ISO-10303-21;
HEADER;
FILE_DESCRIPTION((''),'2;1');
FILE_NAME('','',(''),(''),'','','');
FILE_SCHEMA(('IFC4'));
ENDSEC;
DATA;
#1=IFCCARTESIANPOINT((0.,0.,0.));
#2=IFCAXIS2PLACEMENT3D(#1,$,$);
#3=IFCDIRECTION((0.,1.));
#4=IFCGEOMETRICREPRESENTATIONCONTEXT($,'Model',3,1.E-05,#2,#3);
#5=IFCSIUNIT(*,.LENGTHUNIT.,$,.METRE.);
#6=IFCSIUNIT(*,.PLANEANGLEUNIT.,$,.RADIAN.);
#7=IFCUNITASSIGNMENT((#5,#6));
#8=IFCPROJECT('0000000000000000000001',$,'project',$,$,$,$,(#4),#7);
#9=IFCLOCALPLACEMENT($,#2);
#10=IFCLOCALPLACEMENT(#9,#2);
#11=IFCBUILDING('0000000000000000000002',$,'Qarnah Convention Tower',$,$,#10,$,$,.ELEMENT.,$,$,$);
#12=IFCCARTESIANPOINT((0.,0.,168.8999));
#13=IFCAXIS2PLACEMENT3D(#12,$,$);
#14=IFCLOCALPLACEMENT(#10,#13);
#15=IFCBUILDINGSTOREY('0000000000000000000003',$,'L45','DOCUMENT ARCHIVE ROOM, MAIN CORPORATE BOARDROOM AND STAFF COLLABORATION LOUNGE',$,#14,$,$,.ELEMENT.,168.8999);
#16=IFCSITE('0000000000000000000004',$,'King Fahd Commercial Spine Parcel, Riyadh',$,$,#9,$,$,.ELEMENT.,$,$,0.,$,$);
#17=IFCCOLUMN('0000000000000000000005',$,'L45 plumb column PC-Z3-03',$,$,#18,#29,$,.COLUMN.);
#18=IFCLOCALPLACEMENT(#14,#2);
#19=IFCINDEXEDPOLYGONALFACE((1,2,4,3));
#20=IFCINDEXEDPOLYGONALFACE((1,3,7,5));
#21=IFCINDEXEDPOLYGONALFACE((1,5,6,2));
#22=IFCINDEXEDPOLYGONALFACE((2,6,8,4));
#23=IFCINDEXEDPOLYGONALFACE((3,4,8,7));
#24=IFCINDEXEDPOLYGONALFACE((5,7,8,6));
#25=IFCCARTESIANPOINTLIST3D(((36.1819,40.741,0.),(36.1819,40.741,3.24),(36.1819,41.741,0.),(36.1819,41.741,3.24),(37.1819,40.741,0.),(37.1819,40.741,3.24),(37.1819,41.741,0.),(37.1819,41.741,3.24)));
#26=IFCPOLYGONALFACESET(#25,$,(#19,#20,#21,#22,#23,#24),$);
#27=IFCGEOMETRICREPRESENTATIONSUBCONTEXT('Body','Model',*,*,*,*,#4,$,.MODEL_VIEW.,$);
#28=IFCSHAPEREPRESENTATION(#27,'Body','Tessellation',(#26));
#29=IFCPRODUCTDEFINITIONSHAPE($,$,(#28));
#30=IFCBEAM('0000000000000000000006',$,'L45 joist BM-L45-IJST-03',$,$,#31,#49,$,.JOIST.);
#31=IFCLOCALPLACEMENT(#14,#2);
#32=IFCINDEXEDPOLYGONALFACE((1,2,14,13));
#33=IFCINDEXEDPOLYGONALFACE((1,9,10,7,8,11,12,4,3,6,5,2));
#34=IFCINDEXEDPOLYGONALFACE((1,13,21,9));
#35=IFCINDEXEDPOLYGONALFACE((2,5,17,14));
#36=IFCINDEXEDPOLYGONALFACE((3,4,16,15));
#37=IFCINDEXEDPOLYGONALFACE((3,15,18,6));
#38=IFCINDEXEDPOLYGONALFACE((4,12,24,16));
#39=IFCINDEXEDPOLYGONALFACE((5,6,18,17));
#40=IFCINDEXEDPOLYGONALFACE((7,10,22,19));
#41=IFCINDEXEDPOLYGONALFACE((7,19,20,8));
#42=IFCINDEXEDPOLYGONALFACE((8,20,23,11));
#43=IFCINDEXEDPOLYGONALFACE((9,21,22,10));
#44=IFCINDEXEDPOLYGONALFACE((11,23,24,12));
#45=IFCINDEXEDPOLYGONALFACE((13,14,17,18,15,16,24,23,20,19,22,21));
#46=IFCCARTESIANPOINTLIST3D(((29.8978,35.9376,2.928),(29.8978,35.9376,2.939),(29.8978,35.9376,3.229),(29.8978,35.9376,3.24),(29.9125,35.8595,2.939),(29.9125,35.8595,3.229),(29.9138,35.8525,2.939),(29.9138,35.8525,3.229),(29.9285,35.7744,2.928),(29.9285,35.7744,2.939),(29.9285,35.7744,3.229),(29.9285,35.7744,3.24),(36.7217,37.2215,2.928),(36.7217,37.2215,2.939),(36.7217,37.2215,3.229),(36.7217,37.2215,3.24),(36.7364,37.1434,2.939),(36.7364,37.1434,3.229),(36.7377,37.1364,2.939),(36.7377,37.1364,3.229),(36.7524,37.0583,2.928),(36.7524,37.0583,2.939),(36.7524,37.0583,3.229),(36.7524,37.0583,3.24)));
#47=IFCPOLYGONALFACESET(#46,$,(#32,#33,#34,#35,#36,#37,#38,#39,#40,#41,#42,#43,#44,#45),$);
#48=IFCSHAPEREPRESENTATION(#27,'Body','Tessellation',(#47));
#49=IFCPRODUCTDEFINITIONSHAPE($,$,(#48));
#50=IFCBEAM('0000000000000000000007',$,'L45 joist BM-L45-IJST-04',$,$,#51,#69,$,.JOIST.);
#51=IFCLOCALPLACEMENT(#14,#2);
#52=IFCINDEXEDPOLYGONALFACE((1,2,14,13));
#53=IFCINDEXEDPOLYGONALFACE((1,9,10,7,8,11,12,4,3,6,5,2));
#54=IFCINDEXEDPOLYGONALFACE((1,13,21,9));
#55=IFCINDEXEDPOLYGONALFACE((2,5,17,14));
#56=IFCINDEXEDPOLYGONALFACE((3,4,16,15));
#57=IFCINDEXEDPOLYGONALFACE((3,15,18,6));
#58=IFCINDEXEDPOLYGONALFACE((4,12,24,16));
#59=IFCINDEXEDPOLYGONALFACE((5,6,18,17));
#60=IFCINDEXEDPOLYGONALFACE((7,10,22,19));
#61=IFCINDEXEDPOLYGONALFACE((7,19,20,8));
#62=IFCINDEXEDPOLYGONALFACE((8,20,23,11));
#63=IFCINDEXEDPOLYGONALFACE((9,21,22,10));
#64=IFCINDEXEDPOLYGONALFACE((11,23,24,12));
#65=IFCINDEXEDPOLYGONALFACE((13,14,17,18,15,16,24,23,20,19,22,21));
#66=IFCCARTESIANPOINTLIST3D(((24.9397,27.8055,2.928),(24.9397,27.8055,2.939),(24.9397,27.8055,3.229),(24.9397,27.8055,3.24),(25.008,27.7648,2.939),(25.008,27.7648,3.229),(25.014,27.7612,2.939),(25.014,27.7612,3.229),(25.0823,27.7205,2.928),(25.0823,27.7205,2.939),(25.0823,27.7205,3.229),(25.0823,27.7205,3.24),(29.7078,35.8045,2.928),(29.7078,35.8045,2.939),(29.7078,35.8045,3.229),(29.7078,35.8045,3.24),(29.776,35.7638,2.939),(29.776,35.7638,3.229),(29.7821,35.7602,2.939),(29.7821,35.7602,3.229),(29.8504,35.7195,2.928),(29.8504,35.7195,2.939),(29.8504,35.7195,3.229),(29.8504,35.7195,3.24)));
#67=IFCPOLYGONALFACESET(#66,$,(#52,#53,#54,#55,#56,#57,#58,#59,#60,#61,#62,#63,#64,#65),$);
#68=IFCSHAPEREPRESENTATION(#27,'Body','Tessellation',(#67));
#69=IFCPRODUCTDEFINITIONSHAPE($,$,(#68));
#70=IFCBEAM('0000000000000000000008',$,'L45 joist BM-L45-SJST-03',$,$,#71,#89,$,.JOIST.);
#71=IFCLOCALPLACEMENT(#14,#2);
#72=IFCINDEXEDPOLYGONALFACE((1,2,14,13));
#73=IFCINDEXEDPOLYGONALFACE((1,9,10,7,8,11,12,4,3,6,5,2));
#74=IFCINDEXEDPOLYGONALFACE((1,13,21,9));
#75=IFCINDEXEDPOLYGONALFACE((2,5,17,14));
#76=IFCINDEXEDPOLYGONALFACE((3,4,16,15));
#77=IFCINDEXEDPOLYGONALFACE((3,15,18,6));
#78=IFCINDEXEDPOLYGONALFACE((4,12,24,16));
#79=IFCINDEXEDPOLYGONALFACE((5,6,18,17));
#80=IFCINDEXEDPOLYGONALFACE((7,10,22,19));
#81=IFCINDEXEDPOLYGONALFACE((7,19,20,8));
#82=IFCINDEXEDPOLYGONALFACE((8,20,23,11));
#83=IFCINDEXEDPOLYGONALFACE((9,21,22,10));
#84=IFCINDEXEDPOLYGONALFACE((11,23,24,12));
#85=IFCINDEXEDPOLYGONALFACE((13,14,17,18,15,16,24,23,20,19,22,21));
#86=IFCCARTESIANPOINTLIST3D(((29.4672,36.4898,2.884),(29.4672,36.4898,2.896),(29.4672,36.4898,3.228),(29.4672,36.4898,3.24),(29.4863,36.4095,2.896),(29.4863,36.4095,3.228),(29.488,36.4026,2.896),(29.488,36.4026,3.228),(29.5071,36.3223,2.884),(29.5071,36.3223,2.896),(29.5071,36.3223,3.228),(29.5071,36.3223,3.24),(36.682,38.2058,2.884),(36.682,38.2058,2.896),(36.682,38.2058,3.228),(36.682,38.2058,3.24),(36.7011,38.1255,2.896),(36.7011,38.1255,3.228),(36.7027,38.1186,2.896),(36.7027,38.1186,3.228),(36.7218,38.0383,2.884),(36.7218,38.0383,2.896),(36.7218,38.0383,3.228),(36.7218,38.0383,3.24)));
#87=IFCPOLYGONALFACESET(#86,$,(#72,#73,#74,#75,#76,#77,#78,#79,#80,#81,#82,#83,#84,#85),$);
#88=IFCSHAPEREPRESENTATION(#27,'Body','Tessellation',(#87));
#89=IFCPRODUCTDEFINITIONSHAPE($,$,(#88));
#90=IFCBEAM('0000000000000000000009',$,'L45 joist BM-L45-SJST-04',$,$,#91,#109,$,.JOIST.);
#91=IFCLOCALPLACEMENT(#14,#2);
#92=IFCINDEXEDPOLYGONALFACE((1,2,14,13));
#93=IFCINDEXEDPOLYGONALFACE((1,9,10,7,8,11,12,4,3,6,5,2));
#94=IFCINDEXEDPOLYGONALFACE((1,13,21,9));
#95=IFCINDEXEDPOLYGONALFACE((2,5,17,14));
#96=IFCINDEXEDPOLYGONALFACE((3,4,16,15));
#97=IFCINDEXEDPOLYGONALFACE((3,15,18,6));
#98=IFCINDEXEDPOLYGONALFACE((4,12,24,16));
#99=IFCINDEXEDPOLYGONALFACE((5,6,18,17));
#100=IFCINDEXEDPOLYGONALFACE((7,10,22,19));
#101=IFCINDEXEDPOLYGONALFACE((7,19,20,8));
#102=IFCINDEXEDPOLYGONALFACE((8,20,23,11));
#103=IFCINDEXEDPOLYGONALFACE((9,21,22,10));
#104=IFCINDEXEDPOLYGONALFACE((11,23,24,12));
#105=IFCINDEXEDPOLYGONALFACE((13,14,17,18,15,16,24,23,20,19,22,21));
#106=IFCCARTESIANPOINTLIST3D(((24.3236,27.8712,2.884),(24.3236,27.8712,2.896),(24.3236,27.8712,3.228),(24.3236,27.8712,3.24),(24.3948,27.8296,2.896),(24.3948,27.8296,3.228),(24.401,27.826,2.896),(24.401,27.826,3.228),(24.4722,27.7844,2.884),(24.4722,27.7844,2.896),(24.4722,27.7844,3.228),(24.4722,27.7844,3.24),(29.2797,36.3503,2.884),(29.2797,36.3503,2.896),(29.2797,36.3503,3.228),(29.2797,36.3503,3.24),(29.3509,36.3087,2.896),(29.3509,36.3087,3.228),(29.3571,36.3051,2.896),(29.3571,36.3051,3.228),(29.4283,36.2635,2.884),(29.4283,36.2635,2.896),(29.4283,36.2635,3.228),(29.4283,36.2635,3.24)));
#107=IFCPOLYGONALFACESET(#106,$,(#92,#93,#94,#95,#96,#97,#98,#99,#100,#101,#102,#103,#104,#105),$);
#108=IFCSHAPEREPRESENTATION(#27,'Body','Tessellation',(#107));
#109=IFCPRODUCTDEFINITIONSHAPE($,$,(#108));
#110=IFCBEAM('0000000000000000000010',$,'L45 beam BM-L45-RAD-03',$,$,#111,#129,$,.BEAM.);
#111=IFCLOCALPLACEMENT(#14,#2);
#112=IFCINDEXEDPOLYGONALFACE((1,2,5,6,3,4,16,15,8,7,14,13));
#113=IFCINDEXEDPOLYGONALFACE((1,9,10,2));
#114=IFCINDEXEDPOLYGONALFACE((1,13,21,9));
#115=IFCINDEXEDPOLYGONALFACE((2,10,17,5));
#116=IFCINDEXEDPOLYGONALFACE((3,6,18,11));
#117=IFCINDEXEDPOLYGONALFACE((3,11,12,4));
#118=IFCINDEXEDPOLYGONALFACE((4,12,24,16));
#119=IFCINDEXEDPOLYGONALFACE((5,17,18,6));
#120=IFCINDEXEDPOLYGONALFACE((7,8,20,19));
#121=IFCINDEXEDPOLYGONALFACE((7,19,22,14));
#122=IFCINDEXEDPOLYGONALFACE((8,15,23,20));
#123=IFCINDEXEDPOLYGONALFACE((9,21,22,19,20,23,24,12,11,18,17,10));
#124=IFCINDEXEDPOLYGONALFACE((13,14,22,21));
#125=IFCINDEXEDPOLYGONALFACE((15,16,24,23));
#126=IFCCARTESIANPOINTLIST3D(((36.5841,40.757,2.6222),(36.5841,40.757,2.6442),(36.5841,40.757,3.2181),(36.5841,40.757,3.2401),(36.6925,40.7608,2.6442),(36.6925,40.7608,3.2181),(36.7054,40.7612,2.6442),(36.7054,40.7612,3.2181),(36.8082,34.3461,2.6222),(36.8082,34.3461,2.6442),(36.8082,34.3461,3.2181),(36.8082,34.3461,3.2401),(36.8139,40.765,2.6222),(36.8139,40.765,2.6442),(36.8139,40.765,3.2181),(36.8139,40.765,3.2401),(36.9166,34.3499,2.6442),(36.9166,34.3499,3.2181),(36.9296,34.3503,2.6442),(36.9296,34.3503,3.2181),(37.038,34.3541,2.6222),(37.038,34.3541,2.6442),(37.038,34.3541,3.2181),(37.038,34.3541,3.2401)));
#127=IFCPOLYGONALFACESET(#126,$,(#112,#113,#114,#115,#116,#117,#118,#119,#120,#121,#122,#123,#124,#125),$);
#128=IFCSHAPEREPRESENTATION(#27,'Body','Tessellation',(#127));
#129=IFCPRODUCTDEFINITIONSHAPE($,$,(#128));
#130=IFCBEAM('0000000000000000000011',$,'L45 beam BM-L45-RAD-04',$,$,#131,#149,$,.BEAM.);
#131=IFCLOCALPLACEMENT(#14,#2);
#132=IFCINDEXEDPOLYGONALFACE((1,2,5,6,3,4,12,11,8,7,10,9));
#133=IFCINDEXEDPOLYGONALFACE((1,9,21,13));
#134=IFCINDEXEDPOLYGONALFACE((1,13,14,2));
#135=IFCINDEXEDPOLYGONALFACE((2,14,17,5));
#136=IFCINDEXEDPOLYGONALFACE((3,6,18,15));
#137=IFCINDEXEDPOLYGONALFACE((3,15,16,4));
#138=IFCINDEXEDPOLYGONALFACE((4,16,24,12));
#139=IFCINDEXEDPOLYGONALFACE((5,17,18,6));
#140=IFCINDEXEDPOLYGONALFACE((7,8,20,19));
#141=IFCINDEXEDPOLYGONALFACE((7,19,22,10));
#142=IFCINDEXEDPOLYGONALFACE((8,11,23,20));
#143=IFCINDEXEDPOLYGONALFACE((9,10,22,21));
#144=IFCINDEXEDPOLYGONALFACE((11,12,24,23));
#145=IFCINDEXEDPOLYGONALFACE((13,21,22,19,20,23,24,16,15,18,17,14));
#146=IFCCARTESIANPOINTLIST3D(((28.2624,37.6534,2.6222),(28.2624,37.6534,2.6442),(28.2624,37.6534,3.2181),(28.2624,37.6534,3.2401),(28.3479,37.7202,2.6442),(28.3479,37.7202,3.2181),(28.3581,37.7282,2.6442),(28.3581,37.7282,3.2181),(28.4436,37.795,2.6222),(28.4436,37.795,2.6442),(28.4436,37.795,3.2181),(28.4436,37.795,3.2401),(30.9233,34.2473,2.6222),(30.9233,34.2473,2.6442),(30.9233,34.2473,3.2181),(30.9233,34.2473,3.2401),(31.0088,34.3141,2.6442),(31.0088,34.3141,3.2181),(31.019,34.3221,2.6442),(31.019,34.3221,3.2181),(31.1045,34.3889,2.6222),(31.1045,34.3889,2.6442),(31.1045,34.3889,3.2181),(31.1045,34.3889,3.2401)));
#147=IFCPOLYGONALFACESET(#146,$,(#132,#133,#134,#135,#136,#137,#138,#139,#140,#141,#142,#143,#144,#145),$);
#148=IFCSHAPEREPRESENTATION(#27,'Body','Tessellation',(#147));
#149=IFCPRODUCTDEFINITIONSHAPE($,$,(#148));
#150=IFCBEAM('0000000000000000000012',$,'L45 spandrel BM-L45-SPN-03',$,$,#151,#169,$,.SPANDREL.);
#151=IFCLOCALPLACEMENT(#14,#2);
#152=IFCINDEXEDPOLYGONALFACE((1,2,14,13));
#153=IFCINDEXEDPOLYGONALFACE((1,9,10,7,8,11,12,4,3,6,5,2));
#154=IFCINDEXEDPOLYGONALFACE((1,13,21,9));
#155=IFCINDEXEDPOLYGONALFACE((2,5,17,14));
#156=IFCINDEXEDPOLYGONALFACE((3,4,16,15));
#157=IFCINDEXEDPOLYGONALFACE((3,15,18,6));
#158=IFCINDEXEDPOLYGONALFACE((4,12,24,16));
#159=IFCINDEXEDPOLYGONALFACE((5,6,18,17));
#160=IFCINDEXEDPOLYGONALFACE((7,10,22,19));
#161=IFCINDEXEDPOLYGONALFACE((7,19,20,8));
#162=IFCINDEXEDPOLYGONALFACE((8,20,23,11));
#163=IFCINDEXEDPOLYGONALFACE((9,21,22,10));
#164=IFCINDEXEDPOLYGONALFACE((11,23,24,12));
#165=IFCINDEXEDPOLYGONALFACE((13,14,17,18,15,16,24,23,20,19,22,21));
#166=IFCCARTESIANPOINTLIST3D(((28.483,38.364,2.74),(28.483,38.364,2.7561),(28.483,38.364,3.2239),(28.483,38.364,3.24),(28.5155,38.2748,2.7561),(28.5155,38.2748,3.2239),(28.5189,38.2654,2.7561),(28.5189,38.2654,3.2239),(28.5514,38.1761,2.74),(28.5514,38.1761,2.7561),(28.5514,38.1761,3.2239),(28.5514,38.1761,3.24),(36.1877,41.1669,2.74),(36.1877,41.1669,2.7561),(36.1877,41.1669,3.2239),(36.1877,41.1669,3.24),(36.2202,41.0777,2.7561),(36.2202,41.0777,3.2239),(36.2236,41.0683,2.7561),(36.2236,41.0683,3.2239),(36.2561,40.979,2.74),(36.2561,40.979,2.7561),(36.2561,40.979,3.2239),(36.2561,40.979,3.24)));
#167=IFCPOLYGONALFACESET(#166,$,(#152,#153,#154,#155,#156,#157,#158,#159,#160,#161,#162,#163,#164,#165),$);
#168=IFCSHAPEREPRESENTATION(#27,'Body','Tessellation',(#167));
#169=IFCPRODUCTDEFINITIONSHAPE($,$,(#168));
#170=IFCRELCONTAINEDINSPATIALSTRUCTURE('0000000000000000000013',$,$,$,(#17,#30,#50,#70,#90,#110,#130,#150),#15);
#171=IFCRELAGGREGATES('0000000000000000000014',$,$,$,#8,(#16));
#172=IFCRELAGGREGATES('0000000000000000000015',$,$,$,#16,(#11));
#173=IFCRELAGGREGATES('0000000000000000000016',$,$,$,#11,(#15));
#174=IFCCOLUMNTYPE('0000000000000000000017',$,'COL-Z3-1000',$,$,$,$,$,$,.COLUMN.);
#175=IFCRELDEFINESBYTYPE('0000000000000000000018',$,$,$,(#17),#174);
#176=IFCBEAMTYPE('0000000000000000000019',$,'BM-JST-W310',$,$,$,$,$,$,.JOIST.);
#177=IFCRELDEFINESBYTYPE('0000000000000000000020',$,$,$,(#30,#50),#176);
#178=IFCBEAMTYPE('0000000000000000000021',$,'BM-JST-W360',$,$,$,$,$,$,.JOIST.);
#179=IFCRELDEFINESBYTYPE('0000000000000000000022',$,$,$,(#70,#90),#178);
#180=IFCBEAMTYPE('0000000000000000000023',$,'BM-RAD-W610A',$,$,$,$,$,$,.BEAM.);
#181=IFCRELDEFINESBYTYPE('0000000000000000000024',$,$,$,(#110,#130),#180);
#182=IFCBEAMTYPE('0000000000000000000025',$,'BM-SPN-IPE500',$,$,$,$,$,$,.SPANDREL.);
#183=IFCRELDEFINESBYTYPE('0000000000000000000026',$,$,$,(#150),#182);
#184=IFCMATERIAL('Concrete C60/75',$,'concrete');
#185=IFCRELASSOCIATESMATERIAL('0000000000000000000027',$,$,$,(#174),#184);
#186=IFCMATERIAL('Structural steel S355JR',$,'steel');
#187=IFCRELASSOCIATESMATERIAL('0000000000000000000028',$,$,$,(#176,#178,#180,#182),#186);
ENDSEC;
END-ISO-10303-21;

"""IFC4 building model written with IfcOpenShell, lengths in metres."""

from ifc_helpers import new_model, si_unit, direction, frame, origin, origin_2d, place, context, subcontext, project, spatial, rectangle, i_section, extrude, material, material_profile, profile_set, type_object, element, save


model = new_model("IFC4")

# Units and contexts
model_context = context("Model", 3, precision=1e-05, world=origin(), true_north=direction((0.0, 1.0)))
body_context = subcontext(model_context, "Body", "Model", "MODEL_VIEW")
ifc_project = project(units=[si_unit("LENGTHUNIT", "METRE"), si_unit("PLANEANGLEUNIT", "RADIAN")], contexts=[model_context])

# Site, building, storey
site_placement = place(None, origin())
site = spatial("IfcSite", under=ifc_project, at=site_placement, Name="King Fahd Commercial Spine Parcel, Riyadh", CompositionType="ELEMENT", RefElevation=0.0)
building_placement = place(site_placement, origin())
building = spatial("IfcBuilding", under=site, at=building_placement, Name="Qarnah Convention Tower", CompositionType="ELEMENT")
storey_placement = place(building_placement, frame((0.0, 0.0, 168.8999)))
storey = spatial("IfcBuildingStorey", under=building, at=storey_placement, Name="L45", Description="DOCUMENT ARCHIVE ROOM, MAIN CORPORATE BOARDROOM AND STAFF COLLABORATION LOUNGE", CompositionType="ELEMENT", Elevation=168.8999)

# Column
ifc_material_1 = material(Name="Concrete C60/75", Category="concrete")
ifc_material_profile_1 = material_profile(ifc_material_1, rectangle(XDim=1.0, YDim=1.0, at=origin_2d()), Name="RC-COL-1000X1000")
ifc_profile_set_1 = profile_set([ifc_material_profile_1], Name="Concrete C60/75")
column_type = type_object("IfcColumnType", Name="COL-Z3-1000", PredefinedType="COLUMN", material=ifc_profile_set_1)
column_placement = place(storey_placement, frame((36.6819, 41.241, 0.0), z_axis=(0.0, 0.0, 1.0), x_axis=(1.0, 0.0, 0.0)))
element("IfcColumn", 1, at=column_placement, inside=storey, type_object=column_type, Name="L45 plumb column PC-Z3-03", PredefinedType="COLUMN", context=body_context, shape_type="SweptSolid", body=[
    extrude(rectangle(XDim=1.0, YDim=1.0, at=origin_2d()), origin(), (0.0, 0.0, 1.0), 3.24),
])

# Beams
ifc_material_2 = material(Name="Structural steel S355JR", Category="steel")
ifc_material_profile_2 = material_profile(ifc_material_2, i_section(OverallWidth=0.166, OverallDepth=0.312, WebThickness=0.0071, FlangeThickness=0.011, at=origin_2d()), Name="W310X45")
ifc_profile_set_2 = profile_set([ifc_material_profile_2], Name="Structural steel S355JR")
beam_type_1 = type_object("IfcBeamType", Name="BM-JST-W310", PredefinedType="JOIST", material=ifc_profile_set_2)
beam_1_placement = place(storey_placement, frame((36.7371, 37.1399, 3.084), z_axis=(-0.982756, -0.184906, 0.0), x_axis=(0.184906, -0.982756, 0.0)))
element("IfcBeam", 2, at=beam_1_placement, inside=storey, type_object=beam_type_1, Name="L45 joist BM-L45-IJST-03", PredefinedType="JOIST", context=body_context, shape_type="SweptSolid", body=[
    extrude(i_section(OverallWidth=0.166, OverallDepth=0.312, WebThickness=0.0071, FlangeThickness=0.011, at=origin_2d()), origin(), (0.0, 0.0, 1.0), 6.9436),
])
beam_2_placement = place(storey_placement, frame((29.7791, 35.762, 3.084), z_axis=(-0.512018, -0.858974, 0.0), x_axis=(0.858974, -0.512018, 0.0)))
element("IfcBeam", 3, at=beam_2_placement, inside=storey, type_object=beam_type_1, Name="L45 joist BM-L45-IJST-04", PredefinedType="JOIST", context=body_context, shape_type="SweptSolid", body=[
    extrude(i_section(OverallWidth=0.166, OverallDepth=0.312, WebThickness=0.0071, FlangeThickness=0.011, at=origin_2d()), origin(), (0.0, 0.0, 1.0), 9.3123),
])
ifc_material_profile_3 = material_profile(ifc_material_2, i_section(OverallWidth=0.1721, OverallDepth=0.356, WebThickness=0.0071, FlangeThickness=0.012, at=origin_2d()), Name="W360X51")
ifc_profile_set_3 = profile_set([ifc_material_profile_3], Name="Structural steel S355JR")
beam_type_2 = type_object("IfcBeamType", Name="BM-JST-W360", PredefinedType="JOIST", material=ifc_profile_set_3)
beam_3_placement = place(storey_placement, frame((36.7019, 38.1221, 3.062), z_axis=(-0.97286, -0.231397, 0.0), x_axis=(0.231397, -0.97286, 0.0)))
element("IfcBeam", 4, at=beam_3_placement, inside=storey, type_object=beam_type_2, Name="L45 joist BM-L45-SJST-03", PredefinedType="JOIST", context=body_context, shape_type="SweptSolid", body=[
    extrude(i_section(OverallWidth=0.1721, OverallDepth=0.356, WebThickness=0.0071, FlangeThickness=0.012, at=origin_2d()), origin(), (0.0, 0.0, 1.0), 7.416),
])
beam_4_placement = place(storey_placement, frame((29.354, 36.3069, 3.062), z_axis=(-0.504628, -0.863337, 0.0), x_axis=(0.863337, -0.504628, 0.0)))
element("IfcBeam", 5, at=beam_4_placement, inside=storey, type_object=beam_type_2, Name="L45 joist BM-L45-SJST-04", PredefinedType="JOIST", context=body_context, shape_type="SweptSolid", body=[
    extrude(i_section(OverallWidth=0.1721, OverallDepth=0.356, WebThickness=0.0071, FlangeThickness=0.012, at=origin_2d()), origin(), (0.0, 0.0, 1.0), 9.8213),
])
ifc_material_profile_4 = material_profile(ifc_material_2, i_section(OverallWidth=0.23, OverallDepth=0.6179, WebThickness=0.0129, FlangeThickness=0.022, at=origin_2d()), Name="W610X140")
ifc_profile_set_4 = profile_set([ifc_material_profile_4], Name="Structural steel S355JR")
beam_type_3 = type_object("IfcBeamType", Name="BM-RAD-W610A", PredefinedType="BEAM", material=ifc_profile_set_4)
beam_5_placement = place(storey_placement, frame((36.9231, 34.3501, 2.9312), z_axis=(-0.034938, 0.999389, 0.0), x_axis=(-0.999389, -0.034938, 0.0)))
element("IfcBeam", 6, at=beam_5_placement, inside=storey, type_object=beam_type_3, Name="L45 beam BM-L45-RAD-03", PredefinedType="BEAM", context=body_context, shape_type="SweptSolid", body=[
    extrude(i_section(OverallWidth=0.23, OverallDepth=0.6179, WebThickness=0.0129, FlangeThickness=0.022, at=origin_2d()), origin(), (0.0, 0.0, 1.0), 6.4148),
])
beam_6_placement = place(storey_placement, frame((31.0139, 34.3181, 2.9312), z_axis=(-0.615636, 0.78803, 0.0), x_axis=(-0.78803, -0.615636, 0.0)))
element("IfcBeam", 7, at=beam_6_placement, inside=storey, type_object=beam_type_3, Name="L45 beam BM-L45-RAD-04", PredefinedType="BEAM", context=body_context, shape_type="SweptSolid", body=[
    extrude(i_section(OverallWidth=0.23, OverallDepth=0.6179, WebThickness=0.0129, FlangeThickness=0.022, at=origin_2d()), origin(), (0.0, 0.0, 1.0), 4.3223),
])
ifc_material_profile_5 = material_profile(ifc_material_2, i_section(OverallWidth=0.2, OverallDepth=0.5, WebThickness=0.01, FlangeThickness=0.0161, at=origin_2d()), Name="IPE500")
ifc_profile_set_5 = profile_set([ifc_material_profile_5], Name="Structural steel S355JR")
beam_type_4 = type_object("IfcBeamType", Name="BM-SPN-IPE500", PredefinedType="SPANDREL", material=ifc_profile_set_5)
beam_7_placement = place(storey_placement, frame((36.2219, 41.073, 2.99), z_axis=(-0.939746, -0.341875, 0.0), x_axis=(0.341875, -0.939746, 0.0)))
element("IfcBeam", 8, at=beam_7_placement, inside=storey, type_object=beam_type_4, Name="L45 spandrel BM-L45-SPN-03", PredefinedType="SPANDREL", context=body_context, shape_type="SweptSolid", body=[
    extrude(i_section(OverallWidth=0.2, OverallDepth=0.5, WebThickness=0.01, FlangeThickness=0.0161, at=origin_2d()), origin(), (0.0, 0.0, 1.0), 8.1987),
])

save(model, "model.ifc")
